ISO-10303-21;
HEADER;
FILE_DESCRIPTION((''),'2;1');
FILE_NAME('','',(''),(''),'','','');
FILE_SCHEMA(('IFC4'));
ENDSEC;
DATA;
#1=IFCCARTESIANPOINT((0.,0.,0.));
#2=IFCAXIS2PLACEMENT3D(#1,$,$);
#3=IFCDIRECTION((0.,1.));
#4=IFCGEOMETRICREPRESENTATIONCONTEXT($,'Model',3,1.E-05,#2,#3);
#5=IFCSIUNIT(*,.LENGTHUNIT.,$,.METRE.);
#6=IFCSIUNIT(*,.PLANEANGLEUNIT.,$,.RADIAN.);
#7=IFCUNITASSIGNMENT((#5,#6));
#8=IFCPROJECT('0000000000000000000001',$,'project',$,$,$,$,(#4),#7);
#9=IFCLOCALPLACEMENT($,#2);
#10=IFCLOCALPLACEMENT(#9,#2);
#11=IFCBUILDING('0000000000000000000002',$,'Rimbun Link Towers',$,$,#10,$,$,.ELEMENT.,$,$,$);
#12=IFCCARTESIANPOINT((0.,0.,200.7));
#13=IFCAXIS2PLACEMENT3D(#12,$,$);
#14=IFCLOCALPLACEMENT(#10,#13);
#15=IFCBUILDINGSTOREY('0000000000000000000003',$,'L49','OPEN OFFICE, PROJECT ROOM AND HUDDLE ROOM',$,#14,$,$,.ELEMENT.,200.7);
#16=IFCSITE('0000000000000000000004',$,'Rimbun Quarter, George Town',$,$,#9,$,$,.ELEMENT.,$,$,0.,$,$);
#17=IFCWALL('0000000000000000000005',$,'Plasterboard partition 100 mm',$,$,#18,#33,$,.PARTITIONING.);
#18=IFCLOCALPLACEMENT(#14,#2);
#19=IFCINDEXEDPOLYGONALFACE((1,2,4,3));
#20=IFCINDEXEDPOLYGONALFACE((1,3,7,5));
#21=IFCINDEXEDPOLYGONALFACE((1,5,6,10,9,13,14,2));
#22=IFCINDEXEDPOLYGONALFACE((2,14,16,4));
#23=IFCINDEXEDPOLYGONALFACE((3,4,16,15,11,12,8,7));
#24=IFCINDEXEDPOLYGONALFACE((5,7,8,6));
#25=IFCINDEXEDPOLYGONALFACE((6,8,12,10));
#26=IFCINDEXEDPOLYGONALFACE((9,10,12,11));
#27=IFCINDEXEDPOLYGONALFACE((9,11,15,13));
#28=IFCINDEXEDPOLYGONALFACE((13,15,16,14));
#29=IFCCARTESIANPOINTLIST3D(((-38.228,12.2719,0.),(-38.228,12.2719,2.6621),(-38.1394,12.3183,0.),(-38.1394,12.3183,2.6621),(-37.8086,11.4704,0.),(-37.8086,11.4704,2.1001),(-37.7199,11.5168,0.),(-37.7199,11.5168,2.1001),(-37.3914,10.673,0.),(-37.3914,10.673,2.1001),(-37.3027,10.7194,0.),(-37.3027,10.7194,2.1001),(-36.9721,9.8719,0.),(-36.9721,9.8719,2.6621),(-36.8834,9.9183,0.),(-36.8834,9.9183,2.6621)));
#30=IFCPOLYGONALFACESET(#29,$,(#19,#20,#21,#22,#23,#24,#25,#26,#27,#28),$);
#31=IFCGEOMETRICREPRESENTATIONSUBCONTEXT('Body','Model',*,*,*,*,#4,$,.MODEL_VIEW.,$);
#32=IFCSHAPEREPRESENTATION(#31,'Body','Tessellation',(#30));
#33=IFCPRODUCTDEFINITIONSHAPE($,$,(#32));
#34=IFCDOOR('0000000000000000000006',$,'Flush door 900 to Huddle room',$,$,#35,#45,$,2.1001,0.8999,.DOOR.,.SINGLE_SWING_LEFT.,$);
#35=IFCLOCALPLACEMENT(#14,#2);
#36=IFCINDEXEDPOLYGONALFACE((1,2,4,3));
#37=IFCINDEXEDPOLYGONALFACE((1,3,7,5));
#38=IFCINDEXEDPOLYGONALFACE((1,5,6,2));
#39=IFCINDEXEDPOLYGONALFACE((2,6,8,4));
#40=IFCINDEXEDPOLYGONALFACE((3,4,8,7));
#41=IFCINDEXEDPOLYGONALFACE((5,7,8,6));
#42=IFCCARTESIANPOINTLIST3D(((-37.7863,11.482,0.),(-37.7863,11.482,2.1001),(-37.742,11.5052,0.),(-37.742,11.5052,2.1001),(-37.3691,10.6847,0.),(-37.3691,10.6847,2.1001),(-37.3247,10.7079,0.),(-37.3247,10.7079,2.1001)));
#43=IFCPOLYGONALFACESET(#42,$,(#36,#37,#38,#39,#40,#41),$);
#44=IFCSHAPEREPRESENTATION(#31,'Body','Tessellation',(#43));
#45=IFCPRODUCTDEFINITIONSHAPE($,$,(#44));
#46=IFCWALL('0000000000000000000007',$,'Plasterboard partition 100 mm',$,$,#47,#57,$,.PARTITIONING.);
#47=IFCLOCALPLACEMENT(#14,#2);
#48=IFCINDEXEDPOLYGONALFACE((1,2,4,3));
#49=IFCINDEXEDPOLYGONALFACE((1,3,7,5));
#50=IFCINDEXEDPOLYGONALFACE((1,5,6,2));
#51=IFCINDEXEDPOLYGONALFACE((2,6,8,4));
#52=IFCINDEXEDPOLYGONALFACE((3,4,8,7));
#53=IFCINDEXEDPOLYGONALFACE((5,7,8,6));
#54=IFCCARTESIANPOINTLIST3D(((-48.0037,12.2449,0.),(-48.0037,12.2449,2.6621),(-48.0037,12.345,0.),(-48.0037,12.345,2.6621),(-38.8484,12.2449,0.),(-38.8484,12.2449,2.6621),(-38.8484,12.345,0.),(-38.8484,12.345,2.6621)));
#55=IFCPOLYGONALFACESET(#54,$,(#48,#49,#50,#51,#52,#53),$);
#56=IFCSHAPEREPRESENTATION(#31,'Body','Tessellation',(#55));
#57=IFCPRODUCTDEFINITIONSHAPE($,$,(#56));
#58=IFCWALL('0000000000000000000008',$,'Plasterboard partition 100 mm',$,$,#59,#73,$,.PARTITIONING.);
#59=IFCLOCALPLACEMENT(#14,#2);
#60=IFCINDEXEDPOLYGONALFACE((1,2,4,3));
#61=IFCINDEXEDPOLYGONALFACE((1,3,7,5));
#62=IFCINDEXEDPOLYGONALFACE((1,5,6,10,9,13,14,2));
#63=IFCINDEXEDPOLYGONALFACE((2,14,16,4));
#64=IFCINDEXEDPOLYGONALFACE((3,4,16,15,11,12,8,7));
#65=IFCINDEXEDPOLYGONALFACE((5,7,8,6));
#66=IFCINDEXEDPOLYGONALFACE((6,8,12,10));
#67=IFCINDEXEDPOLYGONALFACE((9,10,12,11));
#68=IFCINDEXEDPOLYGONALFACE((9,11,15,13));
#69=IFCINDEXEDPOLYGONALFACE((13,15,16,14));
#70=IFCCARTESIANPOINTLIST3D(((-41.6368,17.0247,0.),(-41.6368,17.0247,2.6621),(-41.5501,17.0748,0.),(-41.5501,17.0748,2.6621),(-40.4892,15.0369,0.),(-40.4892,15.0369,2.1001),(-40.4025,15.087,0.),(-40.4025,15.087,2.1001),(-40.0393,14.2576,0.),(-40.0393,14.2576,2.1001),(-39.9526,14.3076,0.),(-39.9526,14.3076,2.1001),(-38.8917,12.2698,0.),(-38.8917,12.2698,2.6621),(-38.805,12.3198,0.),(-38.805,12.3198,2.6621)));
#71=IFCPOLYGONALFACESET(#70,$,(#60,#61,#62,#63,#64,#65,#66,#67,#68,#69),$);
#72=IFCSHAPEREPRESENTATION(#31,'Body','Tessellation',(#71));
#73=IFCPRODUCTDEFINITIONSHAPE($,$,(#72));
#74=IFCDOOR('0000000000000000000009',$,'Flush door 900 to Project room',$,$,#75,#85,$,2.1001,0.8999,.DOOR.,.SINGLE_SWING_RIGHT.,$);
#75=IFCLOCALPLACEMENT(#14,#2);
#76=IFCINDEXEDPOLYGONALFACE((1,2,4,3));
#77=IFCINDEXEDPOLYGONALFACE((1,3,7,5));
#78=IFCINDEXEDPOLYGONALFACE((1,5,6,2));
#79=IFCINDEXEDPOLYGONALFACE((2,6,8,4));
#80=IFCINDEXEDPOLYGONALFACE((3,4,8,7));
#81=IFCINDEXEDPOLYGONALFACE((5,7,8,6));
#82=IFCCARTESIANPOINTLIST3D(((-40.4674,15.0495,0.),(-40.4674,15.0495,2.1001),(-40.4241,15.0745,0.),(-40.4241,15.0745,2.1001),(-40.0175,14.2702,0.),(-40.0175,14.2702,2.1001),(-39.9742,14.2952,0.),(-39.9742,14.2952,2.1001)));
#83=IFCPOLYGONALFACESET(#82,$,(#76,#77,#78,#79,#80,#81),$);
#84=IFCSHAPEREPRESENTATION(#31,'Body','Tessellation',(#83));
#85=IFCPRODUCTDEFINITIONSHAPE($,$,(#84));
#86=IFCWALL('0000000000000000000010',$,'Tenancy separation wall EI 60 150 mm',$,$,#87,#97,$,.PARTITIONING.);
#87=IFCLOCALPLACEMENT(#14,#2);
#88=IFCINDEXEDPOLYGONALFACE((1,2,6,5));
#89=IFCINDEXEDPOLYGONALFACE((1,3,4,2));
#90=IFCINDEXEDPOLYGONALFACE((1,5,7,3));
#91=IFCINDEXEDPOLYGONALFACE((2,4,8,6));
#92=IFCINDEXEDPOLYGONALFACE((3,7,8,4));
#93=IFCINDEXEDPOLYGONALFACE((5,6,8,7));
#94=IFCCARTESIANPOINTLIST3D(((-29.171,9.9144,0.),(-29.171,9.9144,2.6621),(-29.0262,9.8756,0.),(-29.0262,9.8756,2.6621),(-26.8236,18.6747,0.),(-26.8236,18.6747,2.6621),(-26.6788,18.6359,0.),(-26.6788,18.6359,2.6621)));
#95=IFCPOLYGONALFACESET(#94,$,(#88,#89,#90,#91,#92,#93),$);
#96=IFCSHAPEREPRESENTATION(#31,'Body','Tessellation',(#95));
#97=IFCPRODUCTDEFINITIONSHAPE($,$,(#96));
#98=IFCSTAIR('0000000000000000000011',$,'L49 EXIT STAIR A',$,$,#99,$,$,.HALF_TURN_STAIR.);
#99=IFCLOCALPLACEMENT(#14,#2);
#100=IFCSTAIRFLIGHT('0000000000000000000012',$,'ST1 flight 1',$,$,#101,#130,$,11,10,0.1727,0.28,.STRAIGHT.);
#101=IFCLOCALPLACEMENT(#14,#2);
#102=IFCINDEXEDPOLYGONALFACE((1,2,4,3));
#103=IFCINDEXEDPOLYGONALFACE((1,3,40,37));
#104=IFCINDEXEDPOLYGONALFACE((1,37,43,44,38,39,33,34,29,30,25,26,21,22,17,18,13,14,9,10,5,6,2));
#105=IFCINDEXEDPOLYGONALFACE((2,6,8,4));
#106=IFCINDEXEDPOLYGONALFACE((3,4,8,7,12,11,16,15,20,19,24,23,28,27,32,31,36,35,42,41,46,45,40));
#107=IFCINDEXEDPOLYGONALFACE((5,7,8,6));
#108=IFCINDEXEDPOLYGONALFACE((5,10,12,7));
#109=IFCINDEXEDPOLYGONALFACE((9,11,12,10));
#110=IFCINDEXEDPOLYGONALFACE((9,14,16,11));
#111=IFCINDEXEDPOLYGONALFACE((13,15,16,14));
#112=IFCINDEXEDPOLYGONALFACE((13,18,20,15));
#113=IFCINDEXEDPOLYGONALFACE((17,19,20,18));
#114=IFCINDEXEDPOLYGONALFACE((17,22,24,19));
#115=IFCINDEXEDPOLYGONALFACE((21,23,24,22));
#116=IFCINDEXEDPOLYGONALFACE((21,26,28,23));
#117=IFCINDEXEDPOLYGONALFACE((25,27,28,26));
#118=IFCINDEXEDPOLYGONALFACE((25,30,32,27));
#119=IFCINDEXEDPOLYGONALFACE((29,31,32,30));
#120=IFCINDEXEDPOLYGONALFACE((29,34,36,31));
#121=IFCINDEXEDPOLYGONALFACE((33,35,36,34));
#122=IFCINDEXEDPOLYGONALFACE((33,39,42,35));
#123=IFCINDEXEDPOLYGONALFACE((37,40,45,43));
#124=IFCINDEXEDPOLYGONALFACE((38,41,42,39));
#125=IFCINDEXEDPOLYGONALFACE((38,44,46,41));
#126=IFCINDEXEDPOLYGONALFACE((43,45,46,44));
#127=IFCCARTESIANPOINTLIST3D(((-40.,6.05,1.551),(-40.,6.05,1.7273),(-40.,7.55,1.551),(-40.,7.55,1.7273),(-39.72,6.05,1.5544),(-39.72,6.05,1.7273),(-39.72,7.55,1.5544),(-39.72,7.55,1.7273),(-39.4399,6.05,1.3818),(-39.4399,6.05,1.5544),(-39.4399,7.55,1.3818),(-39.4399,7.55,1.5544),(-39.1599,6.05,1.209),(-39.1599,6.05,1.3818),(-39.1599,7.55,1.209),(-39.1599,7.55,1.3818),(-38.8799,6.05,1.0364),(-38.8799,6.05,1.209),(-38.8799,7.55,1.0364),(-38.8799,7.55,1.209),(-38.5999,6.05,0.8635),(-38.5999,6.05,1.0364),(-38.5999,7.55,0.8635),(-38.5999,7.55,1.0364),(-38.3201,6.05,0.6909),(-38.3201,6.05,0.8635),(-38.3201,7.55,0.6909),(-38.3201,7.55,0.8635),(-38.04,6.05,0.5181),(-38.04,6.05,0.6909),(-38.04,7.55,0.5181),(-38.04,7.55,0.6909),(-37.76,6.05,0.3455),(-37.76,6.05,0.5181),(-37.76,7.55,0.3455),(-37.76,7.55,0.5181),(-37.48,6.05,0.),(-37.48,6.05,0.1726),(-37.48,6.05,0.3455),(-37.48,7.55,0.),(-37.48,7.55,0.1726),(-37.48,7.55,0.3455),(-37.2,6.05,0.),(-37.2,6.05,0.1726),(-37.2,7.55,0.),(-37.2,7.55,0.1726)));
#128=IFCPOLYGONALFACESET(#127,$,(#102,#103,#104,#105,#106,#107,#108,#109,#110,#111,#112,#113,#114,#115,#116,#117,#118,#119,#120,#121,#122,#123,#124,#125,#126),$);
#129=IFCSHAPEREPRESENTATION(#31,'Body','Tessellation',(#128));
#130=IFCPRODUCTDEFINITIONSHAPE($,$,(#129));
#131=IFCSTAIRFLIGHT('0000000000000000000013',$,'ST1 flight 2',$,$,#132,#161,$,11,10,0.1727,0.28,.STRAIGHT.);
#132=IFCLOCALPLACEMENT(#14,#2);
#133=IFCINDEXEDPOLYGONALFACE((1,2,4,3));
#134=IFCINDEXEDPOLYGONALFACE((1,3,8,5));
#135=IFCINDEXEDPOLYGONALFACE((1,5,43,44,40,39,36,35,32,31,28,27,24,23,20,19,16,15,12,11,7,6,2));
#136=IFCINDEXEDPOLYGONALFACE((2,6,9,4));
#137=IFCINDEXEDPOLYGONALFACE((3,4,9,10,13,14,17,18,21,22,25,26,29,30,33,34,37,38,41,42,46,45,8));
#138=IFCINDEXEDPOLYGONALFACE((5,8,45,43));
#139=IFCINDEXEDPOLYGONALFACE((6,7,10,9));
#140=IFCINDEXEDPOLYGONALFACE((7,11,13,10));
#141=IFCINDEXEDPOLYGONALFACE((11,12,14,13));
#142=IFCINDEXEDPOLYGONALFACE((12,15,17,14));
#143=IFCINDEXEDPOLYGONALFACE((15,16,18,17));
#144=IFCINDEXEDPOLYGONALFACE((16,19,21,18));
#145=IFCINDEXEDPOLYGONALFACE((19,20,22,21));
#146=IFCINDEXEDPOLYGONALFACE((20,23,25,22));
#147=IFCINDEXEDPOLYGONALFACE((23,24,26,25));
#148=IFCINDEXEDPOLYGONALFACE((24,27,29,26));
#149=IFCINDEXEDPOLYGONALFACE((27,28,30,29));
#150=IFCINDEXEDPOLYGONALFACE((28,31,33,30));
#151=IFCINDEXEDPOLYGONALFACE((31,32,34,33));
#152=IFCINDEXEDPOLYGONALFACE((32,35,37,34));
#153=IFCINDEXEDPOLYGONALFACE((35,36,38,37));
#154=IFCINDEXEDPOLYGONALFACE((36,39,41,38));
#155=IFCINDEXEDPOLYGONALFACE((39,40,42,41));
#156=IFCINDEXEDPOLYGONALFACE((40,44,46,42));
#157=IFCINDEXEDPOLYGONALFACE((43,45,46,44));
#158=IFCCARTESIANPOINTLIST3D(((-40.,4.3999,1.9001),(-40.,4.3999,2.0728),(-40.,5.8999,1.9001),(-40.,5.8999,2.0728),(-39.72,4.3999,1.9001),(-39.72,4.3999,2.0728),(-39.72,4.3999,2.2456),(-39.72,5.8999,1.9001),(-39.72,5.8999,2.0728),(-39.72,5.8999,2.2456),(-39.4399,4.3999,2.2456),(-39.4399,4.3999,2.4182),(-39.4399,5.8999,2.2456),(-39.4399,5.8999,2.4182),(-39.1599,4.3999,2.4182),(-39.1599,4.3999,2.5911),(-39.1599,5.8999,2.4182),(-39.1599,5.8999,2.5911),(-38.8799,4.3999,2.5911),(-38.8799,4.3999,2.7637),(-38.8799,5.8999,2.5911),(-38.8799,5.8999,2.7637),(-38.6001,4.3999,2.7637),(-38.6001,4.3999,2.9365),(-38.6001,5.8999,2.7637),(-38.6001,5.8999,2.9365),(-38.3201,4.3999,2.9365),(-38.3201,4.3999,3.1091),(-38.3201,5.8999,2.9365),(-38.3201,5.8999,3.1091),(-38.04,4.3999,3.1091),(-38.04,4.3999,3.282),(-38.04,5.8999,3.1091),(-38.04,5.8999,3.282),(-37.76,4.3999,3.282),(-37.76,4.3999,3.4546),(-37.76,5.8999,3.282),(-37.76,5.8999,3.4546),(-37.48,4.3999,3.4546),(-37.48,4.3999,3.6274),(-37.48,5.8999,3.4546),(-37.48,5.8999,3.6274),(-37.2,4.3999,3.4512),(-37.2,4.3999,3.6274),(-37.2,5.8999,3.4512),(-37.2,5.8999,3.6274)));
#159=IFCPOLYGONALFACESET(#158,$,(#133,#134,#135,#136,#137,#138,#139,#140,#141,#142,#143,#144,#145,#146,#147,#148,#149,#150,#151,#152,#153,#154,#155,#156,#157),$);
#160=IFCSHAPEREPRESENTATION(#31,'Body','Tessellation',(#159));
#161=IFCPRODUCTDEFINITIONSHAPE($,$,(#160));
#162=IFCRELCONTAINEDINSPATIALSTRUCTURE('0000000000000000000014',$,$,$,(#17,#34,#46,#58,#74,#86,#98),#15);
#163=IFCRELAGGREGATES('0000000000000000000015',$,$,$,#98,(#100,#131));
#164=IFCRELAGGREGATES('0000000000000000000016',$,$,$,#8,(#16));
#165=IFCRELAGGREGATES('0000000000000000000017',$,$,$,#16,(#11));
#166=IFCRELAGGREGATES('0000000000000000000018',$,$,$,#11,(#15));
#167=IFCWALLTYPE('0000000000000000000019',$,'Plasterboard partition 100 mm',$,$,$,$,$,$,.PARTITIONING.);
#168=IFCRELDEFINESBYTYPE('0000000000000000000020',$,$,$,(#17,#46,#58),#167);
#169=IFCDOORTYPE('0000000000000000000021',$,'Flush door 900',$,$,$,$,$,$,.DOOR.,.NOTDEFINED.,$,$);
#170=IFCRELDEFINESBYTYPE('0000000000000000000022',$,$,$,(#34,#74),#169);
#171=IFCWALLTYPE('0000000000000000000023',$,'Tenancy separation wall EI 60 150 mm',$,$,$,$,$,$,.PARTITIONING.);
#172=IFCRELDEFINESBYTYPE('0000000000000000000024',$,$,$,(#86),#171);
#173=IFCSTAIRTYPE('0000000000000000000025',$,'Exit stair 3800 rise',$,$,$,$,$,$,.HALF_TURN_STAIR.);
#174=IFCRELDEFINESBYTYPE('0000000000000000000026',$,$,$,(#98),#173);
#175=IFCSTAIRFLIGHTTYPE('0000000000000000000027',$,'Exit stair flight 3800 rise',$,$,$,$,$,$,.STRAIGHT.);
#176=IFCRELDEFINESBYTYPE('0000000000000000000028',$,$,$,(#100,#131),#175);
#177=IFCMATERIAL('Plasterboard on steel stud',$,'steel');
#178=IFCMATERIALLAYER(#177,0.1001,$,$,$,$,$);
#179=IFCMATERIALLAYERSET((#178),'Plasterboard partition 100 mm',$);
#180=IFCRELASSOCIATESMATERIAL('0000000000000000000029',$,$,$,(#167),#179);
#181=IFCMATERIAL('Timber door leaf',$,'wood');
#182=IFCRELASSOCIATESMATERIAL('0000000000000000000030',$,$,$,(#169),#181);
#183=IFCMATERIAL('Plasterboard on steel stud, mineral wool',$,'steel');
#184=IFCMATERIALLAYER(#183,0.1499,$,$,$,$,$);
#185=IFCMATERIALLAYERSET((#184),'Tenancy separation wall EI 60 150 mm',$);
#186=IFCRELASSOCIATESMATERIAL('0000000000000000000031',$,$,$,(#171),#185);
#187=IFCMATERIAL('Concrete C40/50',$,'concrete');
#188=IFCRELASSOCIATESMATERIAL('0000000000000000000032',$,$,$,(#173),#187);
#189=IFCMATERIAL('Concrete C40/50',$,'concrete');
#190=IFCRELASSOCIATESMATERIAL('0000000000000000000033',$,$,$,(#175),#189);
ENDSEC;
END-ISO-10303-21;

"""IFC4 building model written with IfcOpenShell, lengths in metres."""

from ifc_helpers import new_model, si_unit, direction, frame, frame_2d, origin, place, context, subcontext, project, spatial, polyline, rectangle, outline, extrude, material, layer, layer_set, type_object, element, fill, aggregate, save


model = new_model("IFC4")

# Units and contexts
model_context = context("Model", 3, precision=1e-05, world=origin(), true_north=direction((0.0, 1.0)))
body_context = subcontext(model_context, "Body", "Model", "MODEL_VIEW")
ifc_project = project(units=[si_unit("LENGTHUNIT", "METRE"), si_unit("PLANEANGLEUNIT", "RADIAN")], contexts=[model_context])

# Site, building, storey
site_placement = place(None, origin())
site = spatial("IfcSite", under=ifc_project, at=site_placement, Name="Rimbun Quarter, George Town", CompositionType="ELEMENT", RefElevation=0.0)
building_placement = place(site_placement, origin())
building = spatial("IfcBuilding", under=site, at=building_placement, Name="Rimbun Link Towers", CompositionType="ELEMENT")
storey_placement = place(building_placement, frame((0.0, 0.0, 200.7)))
storey = spatial("IfcBuildingStorey", under=building, at=storey_placement, Name="L49", Description="OPEN OFFICE, PROJECT ROOM AND HUDDLE ROOM", CompositionType="ELEMENT", Elevation=200.7)

# Wall, opening, door
ifc_material_1 = material(Name="Plasterboard on steel stud", Category="steel")
ifc_layer_1 = layer(ifc_material_1, 0.1001)
ifc_layer_set_1 = layer_set([ifc_layer_1], Name="Plasterboard partition 100 mm")
wall_type_1 = type_object("IfcWallType", Name="Plasterboard partition 100 mm", PredefinedType="PARTITIONING", material=ifc_layer_set_1)
ifc_material_2 = material(Name="Timber door leaf", Category="wood")
door_type_1 = type_object("IfcDoorType", Name="Flush door 900", OperationType="NOTDEFINED", PredefinedType="DOOR", material=ifc_material_2)
wall_1_placement = place(storey_placement, frame((-36.9277, 9.895, 0.0), z_axis=(0.0, 0.0, 1.0), x_axis=(-0.46365, 0.886018, 0.0)))
wall_1 = element("IfcWall", 1, at=wall_1_placement, inside=storey, type_object=wall_type_1, Name="Plasterboard partition 100 mm", PredefinedType="PARTITIONING", context=body_context, shape_type="SweptSolid", body=[
    extrude(rectangle(XDim=2.7087, YDim=0.1001, at=frame_2d((1.3545, 0.0))), origin(), (0.0, 0.0, 1.0), 2.6621),
])
opening_1_placement = place(wall_1_placement, frame((0.9043, 0.0, 0.0)))
opening_1 = element("IfcOpeningElement", 2, at=opening_1_placement, cuts=wall_1, PredefinedType="OPENING", context=body_context, shape_type="SweptSolid", body=[
    extrude(rectangle(XDim=0.8999, YDim=2.1001, at=frame_2d((0.45, 1.05))), frame((0.0, 0.0601, 0.0), z_axis=(0.0, -1.0, 0.0), x_axis=(1.0, 0.0, 0.0)), (0.0, 0.0, 1.0), 0.1201),
])
door_1_placement = place(opening_1_placement, origin())
door_1 = element("IfcDoor", 3, at=door_1_placement, inside=storey, type_object=door_type_1, Name="Flush door 900 to Huddle room", OperationType="SINGLE_SWING_LEFT", OverallHeight=2.1001, OverallWidth=0.8999, PredefinedType="DOOR", context=body_context, shape_type="SweptSolid", body=[
    extrude(rectangle(XDim=0.8999, YDim=2.1001, at=frame_2d((0.45, 1.05))), frame((0.0, 0.0249, 0.0), z_axis=(0.0, -1.0, 0.0), x_axis=(1.0, 0.0, 0.0)), (0.0, 0.0, 1.0), 0.05),
])
fill(opening_1, door_1)

# Wall
wall_2_placement = place(storey_placement, frame((-38.8484, 12.2949, 0.0), z_axis=(0.0, 0.0, 1.0), x_axis=(-1.0, 0.0, 0.0)))
element("IfcWall", 4, at=wall_2_placement, inside=storey, type_object=wall_type_1, Name="Plasterboard partition 100 mm", PredefinedType="PARTITIONING", context=body_context, shape_type="SweptSolid", body=[
    extrude(rectangle(XDim=9.1553, YDim=0.1001, at=frame_2d((4.5776, 0.0))), origin(), (0.0, 0.0, 1.0), 2.6621),
])

# Wall, opening, door
wall_3_placement = place(storey_placement, frame((-38.8484, 12.2949, 0.0), z_axis=(0.0, 0.0, 1.0), x_axis=(-0.499984, 0.866035, 0.0)))
wall_3 = element("IfcWall", 5, at=wall_3_placement, inside=storey, type_object=wall_type_1, Name="Plasterboard partition 100 mm", PredefinedType="PARTITIONING", context=body_context, shape_type="SweptSolid", body=[
    extrude(rectangle(XDim=5.4905, YDim=0.1001, at=frame_2d((2.7451, 0.0))), origin(), (0.0, 0.0, 1.0), 2.6621),
])
opening_2_placement = place(wall_3_placement, frame((2.2952, 0.0, 0.0)))
opening_2 = element("IfcOpeningElement", 6, at=opening_2_placement, cuts=wall_3, PredefinedType="OPENING", context=body_context, shape_type="SweptSolid", body=[
    extrude(rectangle(XDim=0.8999, YDim=2.1001, at=frame_2d((0.45, 1.05))), frame((0.0, 0.0601, 0.0), z_axis=(0.0, -1.0, 0.0), x_axis=(1.0, 0.0, 0.0)), (0.0, 0.0, 1.0), 0.1201),
])
door_2_placement = place(opening_2_placement, origin())
door_2 = element("IfcDoor", 7, at=door_2_placement, inside=storey, type_object=door_type_1, Name="Flush door 900 to Project room", OperationType="SINGLE_SWING_RIGHT", OverallHeight=2.1001, OverallWidth=0.8999, PredefinedType="DOOR", context=body_context, shape_type="SweptSolid", body=[
    extrude(rectangle(XDim=0.8999, YDim=2.1001, at=frame_2d((0.45, 1.05))), frame((0.0, 0.0249, 0.0), z_axis=(0.0, -1.0, 0.0), x_axis=(1.0, 0.0, 0.0)), (0.0, 0.0, 1.0), 0.05),
])
fill(opening_2, door_2)

# Wall
ifc_material_3 = material(Name="Plasterboard on steel stud, mineral wool", Category="steel")
ifc_layer_2 = layer(ifc_material_3, 0.1499)
ifc_layer_set_2 = layer_set([ifc_layer_2], Name="Tenancy separation wall EI 60 150 mm")
wall_type_2 = type_object("IfcWallType", Name="Tenancy separation wall EI 60 150 mm", PredefinedType="PARTITIONING", material=ifc_layer_set_2)
wall_4_placement = place(storey_placement, frame((-29.0986, 9.895, 0.0), z_axis=(0.0, 0.0, 1.0), x_axis=(0.25883, 0.965923, 0.0)))
element("IfcWall", 8, at=wall_4_placement, inside=storey, type_object=wall_type_2, Name="Tenancy separation wall EI 60 150 mm", PredefinedType="PARTITIONING", context=body_context, shape_type="SweptSolid", body=[
    extrude(rectangle(XDim=9.0693, YDim=0.1499, at=frame_2d((4.5347, 0.0))), origin(), (0.0, 0.0, 1.0), 2.6621),
])

# Stair, stair flights
ifc_material_4 = material(Name="Concrete C40/50", Category="concrete")
stair_type = type_object("IfcStairType", Name="Exit stair 3800 rise", PredefinedType="HALF_TURN_STAIR", material=ifc_material_4)
stair_placement = place(storey_placement, origin())
stair = element("IfcStair", 9, at=stair_placement, inside=storey, type_object=stair_type, Name="L49 EXIT STAIR A", PredefinedType="HALF_TURN_STAIR")
ifc_material_5 = material(Name="Concrete C40/50", Category="concrete")
stair_flight_type = type_object("IfcStairFlightType", Name="Exit stair flight 3800 rise", PredefinedType="STRAIGHT", material=ifc_material_5)
stair_flight_1_placement = place(storey_placement, frame((-37.2, 6.8, 0.0), z_axis=(0.0, 0.0, 1.0), x_axis=(-1.0, 0.0, 0.0)))
stair_flight_1 = element("IfcStairFlight", 10, at=stair_flight_1_placement, type_object=stair_flight_type, Name="ST1 flight 1", NumberOfRisers=11, NumberOfTreads=10, PredefinedType="STRAIGHT", RiserHeight=0.1727, TreadLength=0.28, context=body_context, shape_type="SweptSolid", body=[
    extrude(outline(polyline([(0.0, 0.0), (0.0, 0.1726), (0.28, 0.1726), (0.28, 0.3455), (0.5601, 0.3455), (0.5601, 0.5181), (0.8401, 0.5181), (0.8401, 0.6909), (1.1201, 0.6909), (1.1201, 0.8635), (1.3999, 0.8635), (1.3999, 1.0364), (1.6799, 1.0364), (1.6799, 1.209), (1.96, 1.209), (1.96, 1.3818), (2.24, 1.3818), (2.24, 1.5544), (2.52, 1.5544), (2.52, 1.7273), (2.8, 1.7273), (2.8, 1.8999), (2.8, 1.551), (0.28, 0.0), (0.0, 0.0)])), frame((0.0, 0.75, 0.0), z_axis=(0.0, -1.0, 0.0), x_axis=(1.0, 0.0, 0.0)), (0.0, 0.0, 1.0), 1.5),
])
stair_flight_2_placement = place(storey_placement, frame((-40.0, 5.1499, 1.9001), z_axis=(0.0, 0.0, 1.0), x_axis=(1.0, 0.0, 0.0)))
stair_flight_2 = element("IfcStairFlight", 11, at=stair_flight_2_placement, type_object=stair_flight_type, Name="ST1 flight 2", NumberOfRisers=11, NumberOfTreads=10, PredefinedType="STRAIGHT", RiserHeight=0.1727, TreadLength=0.28, context=body_context, shape_type="SweptSolid", body=[
    extrude(outline(polyline([(0.0, 0.0), (0.0, 0.1726), (0.28, 0.1726), (0.28, 0.3455), (0.5601, 0.3455), (0.5601, 0.5181), (0.8401, 0.5181), (0.8401, 0.6909), (1.1201, 0.6909), (1.1201, 0.8635), (1.3999, 0.8635), (1.3999, 1.0364), (1.6799, 1.0364), (1.6799, 1.209), (1.96, 1.209), (1.96, 1.3818), (2.24, 1.3818), (2.24, 1.5544), (2.52, 1.5544), (2.52, 1.7273), (2.8, 1.7273), (2.8, 1.8999), (2.8, 1.551), (0.28, 0.0), (0.0, 0.0)])), frame((0.0, 0.75, 0.0), z_axis=(0.0, -1.0, 0.0), x_axis=(1.0, 0.0, 0.0)), (0.0, 0.0, 1.0), 1.5),
])
aggregate(stair, [stair_flight_1, stair_flight_2])

save(model, "model.ifc")
